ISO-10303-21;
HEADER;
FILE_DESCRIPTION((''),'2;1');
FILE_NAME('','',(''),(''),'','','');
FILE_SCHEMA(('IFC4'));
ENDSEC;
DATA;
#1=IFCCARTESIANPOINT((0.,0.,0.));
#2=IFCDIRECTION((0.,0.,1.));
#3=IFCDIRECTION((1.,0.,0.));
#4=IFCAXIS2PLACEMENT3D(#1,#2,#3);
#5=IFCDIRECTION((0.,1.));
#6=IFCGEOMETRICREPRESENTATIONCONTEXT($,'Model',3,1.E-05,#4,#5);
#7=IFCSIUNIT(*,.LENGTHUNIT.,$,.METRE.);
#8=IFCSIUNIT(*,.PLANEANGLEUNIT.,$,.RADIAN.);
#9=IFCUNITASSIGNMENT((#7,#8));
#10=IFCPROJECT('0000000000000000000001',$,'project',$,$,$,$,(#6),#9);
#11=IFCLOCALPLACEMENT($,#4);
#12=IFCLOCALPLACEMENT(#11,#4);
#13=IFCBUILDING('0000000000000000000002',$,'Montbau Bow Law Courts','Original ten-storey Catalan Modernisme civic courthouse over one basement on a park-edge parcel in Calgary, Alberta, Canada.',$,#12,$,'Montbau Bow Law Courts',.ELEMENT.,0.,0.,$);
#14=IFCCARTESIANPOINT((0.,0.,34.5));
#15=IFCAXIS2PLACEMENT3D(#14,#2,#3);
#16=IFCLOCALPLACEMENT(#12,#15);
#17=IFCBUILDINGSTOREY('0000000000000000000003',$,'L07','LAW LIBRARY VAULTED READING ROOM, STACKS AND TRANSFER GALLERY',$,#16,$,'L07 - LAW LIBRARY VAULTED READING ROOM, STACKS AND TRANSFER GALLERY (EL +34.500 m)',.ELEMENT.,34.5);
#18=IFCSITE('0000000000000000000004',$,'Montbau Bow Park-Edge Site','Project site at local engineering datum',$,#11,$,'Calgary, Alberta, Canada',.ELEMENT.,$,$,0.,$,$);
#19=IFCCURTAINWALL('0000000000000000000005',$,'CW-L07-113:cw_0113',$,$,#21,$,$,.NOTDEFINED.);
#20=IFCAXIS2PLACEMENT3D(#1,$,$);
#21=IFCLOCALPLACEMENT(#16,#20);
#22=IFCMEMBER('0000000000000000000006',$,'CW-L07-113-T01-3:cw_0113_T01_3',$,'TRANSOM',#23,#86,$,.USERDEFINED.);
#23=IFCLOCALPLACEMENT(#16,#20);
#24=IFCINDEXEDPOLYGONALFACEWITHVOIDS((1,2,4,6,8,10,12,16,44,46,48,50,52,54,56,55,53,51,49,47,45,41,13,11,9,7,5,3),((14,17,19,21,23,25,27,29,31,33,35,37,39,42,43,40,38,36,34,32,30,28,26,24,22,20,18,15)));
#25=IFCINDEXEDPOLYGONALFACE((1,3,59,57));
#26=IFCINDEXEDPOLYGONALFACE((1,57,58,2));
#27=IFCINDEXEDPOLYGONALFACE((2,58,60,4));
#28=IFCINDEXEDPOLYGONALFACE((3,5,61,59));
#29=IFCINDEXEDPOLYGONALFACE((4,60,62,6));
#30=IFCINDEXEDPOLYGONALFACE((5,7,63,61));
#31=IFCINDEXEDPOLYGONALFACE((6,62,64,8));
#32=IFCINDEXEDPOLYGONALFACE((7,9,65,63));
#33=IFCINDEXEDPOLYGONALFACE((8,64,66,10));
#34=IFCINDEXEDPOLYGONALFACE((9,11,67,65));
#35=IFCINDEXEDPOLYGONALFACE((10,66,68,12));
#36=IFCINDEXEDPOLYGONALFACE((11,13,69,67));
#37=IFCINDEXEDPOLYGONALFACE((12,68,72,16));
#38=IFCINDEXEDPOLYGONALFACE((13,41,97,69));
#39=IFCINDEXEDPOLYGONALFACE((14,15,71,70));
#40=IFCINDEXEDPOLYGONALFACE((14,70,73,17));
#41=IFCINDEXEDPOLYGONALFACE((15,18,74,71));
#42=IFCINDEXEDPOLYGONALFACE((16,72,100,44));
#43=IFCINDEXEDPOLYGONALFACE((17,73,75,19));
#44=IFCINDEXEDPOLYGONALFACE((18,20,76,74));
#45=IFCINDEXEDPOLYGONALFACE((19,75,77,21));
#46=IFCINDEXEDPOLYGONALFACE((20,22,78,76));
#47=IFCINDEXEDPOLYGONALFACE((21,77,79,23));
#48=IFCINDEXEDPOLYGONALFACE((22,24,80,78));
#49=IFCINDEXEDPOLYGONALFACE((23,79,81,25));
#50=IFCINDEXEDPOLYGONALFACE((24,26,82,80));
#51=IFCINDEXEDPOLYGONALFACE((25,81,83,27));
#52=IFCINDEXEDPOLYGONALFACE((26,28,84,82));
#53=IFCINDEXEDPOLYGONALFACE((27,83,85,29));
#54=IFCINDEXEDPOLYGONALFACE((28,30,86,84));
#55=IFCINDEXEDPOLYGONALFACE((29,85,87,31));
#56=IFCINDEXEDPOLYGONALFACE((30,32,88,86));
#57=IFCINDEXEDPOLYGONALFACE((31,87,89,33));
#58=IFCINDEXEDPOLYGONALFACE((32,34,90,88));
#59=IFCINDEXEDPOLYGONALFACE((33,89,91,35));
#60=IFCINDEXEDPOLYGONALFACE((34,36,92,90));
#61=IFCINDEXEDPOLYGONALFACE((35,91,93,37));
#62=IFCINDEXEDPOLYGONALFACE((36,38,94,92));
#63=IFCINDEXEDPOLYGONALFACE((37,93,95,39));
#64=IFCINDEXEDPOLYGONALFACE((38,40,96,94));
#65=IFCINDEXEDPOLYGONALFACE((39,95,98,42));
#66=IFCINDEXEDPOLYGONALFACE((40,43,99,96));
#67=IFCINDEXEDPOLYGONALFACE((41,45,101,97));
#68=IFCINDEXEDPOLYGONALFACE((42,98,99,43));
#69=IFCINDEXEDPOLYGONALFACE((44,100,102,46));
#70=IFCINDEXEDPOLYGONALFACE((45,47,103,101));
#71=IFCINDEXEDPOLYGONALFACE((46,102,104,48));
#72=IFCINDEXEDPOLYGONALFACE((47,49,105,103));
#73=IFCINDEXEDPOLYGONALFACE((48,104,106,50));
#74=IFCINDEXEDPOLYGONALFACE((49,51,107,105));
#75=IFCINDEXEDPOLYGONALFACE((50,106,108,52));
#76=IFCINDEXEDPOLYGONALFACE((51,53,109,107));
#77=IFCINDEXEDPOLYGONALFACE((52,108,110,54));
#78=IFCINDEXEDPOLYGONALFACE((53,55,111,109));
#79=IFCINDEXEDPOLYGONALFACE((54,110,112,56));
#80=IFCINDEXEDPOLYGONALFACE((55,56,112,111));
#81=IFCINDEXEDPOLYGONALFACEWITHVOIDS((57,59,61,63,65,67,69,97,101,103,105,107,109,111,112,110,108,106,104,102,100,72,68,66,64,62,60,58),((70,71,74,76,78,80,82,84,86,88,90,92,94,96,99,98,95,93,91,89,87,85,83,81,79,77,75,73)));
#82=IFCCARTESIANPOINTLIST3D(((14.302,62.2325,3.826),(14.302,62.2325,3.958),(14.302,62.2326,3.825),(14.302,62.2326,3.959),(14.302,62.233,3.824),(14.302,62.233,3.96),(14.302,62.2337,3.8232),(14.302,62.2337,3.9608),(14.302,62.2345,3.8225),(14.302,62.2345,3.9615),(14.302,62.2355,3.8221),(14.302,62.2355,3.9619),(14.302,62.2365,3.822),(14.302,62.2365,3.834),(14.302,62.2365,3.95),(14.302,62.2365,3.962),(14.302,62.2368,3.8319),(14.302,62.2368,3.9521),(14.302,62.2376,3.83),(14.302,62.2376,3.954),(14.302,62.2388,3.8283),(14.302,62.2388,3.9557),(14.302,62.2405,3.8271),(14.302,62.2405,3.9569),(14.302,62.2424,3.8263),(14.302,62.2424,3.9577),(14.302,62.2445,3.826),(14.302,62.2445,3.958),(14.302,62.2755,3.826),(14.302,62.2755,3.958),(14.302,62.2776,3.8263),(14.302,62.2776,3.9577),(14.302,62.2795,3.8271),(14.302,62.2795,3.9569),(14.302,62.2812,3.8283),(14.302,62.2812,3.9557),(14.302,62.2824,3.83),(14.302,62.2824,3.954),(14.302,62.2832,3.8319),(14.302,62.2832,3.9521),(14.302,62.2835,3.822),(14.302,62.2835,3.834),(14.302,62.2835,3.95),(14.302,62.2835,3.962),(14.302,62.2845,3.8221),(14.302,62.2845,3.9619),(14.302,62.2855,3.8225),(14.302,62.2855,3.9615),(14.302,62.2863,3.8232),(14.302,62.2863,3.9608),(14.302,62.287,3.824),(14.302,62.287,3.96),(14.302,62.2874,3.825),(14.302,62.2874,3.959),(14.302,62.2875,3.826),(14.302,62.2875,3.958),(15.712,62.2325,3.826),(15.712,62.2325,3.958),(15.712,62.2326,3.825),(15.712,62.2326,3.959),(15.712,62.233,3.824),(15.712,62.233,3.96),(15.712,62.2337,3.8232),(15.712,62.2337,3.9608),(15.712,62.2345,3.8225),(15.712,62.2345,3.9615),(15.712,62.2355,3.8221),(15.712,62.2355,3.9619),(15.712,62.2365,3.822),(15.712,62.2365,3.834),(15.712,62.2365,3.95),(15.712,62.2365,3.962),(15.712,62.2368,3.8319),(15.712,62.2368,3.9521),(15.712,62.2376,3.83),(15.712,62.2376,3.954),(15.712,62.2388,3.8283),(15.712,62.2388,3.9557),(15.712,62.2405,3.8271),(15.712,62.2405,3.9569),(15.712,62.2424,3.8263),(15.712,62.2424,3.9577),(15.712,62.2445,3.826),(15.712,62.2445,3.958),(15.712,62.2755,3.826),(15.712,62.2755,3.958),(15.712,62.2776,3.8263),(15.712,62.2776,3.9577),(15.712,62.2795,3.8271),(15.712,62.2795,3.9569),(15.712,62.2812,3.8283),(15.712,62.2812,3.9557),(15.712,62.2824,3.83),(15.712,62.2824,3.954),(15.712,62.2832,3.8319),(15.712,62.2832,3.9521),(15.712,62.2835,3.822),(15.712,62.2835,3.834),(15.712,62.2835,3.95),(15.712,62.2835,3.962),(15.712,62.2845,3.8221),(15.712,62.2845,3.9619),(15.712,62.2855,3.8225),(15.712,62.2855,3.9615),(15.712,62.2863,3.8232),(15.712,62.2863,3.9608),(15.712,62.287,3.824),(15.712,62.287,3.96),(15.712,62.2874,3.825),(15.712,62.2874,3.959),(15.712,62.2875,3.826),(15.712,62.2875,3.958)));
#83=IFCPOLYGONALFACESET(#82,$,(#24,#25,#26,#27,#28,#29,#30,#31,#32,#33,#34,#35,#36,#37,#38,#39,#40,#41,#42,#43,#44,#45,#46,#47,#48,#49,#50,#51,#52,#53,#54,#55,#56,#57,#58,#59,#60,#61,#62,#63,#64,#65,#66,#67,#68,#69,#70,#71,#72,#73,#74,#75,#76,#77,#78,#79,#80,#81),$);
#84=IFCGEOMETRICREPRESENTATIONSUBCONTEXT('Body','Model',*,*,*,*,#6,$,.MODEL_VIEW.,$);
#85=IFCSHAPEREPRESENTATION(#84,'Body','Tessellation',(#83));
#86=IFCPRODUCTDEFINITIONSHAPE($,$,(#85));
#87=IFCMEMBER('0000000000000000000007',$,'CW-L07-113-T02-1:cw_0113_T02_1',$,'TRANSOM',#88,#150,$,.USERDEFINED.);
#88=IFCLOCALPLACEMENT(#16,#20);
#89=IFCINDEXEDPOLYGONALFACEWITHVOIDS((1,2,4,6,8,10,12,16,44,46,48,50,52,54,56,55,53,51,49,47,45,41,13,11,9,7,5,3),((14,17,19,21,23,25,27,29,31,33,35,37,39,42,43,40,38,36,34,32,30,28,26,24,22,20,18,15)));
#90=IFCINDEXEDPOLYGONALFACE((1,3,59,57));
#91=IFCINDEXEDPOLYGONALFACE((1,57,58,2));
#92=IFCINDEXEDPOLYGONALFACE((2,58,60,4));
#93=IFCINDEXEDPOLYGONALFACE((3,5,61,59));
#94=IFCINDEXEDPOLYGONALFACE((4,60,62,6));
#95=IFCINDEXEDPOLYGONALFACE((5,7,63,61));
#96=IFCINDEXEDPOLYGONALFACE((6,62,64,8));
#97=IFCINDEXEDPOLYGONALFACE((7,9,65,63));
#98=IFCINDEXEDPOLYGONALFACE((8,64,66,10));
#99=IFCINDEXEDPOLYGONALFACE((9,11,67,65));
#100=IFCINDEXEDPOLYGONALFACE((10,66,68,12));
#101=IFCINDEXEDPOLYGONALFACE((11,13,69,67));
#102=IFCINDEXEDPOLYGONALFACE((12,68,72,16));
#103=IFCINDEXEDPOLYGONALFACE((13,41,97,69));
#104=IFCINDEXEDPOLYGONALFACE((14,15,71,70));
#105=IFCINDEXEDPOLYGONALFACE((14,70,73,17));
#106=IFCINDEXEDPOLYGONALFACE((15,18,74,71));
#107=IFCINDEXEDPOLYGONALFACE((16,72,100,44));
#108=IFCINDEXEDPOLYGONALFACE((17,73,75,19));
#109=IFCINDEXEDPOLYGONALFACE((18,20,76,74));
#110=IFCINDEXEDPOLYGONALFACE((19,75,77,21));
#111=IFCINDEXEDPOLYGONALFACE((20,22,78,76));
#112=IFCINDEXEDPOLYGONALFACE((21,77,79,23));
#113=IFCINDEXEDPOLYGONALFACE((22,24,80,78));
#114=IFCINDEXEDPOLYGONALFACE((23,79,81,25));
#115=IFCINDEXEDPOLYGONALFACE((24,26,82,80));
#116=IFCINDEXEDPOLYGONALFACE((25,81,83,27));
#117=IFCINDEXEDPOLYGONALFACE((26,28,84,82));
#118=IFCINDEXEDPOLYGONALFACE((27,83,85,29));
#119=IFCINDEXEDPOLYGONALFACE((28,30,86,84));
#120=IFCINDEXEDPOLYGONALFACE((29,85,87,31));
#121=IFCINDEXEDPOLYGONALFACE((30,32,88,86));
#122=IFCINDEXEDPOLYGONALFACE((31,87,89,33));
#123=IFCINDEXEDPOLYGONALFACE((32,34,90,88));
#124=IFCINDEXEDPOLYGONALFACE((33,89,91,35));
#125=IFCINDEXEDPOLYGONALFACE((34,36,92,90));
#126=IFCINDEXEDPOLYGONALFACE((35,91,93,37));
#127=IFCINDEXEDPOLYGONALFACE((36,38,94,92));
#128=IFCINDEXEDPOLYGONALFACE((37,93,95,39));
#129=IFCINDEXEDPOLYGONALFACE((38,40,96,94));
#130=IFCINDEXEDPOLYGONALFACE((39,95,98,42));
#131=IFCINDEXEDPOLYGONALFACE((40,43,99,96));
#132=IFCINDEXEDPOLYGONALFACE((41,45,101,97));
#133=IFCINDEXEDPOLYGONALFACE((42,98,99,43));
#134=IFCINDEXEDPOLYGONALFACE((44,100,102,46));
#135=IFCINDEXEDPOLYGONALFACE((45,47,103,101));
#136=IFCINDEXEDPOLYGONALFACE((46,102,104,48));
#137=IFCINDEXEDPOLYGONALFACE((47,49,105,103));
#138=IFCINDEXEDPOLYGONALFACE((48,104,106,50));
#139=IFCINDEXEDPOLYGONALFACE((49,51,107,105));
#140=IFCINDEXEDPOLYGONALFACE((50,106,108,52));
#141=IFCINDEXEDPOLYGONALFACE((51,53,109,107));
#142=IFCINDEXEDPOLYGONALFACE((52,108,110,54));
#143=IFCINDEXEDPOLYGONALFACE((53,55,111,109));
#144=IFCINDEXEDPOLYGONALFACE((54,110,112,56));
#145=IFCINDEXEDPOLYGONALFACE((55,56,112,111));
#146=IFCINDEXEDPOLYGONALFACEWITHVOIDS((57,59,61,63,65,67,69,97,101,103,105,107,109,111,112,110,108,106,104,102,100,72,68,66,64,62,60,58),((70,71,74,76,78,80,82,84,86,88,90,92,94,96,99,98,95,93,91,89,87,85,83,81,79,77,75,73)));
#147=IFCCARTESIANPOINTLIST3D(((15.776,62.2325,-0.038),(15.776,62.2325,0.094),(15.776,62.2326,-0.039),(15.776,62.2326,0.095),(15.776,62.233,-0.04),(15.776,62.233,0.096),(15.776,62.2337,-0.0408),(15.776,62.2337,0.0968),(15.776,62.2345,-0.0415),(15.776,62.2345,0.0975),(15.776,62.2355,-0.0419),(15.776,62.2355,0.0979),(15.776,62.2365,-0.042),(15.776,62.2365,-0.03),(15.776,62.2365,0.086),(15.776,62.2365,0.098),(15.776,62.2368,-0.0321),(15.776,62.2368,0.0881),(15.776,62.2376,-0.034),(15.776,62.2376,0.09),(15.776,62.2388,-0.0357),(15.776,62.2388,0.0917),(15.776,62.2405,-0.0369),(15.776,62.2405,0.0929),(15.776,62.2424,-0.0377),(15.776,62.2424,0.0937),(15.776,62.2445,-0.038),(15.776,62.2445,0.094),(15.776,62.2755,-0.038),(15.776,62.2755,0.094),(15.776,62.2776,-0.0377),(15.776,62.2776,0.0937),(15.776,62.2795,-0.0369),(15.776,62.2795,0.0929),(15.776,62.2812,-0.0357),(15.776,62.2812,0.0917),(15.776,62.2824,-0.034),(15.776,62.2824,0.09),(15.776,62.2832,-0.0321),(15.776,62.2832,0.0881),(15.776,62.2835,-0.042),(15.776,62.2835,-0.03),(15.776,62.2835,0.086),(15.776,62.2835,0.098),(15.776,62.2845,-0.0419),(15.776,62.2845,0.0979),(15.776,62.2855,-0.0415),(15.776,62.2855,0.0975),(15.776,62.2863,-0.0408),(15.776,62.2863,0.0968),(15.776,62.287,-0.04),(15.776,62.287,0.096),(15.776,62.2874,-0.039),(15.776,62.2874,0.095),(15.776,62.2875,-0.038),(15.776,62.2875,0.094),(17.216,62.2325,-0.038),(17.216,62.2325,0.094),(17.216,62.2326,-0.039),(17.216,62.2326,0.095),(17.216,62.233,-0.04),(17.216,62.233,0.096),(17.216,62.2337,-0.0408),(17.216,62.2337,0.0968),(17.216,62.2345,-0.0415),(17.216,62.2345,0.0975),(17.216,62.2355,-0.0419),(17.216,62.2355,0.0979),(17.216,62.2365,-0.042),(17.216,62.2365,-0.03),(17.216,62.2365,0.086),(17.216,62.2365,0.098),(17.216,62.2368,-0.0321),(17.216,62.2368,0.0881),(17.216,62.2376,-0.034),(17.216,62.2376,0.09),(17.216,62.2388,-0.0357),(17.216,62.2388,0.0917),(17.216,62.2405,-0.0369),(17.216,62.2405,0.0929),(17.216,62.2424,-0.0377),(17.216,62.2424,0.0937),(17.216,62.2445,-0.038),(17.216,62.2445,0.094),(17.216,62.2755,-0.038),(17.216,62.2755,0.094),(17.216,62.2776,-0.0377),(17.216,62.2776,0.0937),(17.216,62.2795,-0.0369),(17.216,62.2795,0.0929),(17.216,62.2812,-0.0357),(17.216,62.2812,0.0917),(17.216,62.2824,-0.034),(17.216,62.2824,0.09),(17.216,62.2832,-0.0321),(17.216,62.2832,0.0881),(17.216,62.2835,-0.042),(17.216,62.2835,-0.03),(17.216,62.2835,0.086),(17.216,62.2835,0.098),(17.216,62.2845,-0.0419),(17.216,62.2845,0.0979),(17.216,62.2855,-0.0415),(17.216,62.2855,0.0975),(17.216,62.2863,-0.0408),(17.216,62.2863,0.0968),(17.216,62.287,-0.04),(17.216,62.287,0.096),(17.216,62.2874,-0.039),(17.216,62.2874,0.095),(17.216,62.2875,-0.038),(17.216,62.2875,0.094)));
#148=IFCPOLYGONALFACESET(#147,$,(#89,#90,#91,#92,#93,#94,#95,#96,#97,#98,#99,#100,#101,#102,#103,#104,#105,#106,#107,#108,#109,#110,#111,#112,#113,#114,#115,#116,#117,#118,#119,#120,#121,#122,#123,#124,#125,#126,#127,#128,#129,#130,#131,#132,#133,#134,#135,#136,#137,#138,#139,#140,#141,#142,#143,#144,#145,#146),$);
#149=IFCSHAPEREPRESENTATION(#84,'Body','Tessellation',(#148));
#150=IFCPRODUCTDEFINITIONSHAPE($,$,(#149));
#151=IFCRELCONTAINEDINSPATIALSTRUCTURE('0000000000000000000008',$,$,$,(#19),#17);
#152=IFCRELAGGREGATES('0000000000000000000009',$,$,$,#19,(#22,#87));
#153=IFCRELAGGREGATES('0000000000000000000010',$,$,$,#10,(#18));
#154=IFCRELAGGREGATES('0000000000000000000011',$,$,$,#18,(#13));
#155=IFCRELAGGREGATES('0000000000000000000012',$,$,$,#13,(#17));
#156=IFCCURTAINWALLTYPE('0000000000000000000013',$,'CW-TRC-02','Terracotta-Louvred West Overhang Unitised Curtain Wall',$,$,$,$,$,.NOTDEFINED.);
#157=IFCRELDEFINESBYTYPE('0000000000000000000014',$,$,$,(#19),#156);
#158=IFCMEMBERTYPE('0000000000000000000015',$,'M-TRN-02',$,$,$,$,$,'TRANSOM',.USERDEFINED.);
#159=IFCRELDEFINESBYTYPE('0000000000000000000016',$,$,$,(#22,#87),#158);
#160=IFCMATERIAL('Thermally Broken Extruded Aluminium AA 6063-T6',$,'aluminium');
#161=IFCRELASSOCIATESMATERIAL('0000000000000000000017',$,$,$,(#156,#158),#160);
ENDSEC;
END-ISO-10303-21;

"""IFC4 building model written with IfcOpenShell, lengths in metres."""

from ifc_helpers import new_model, si_unit, direction, frame, origin_with_axes, origin_2d_with_axis, place, context, subcontext, project, spatial, hollow_rectangle, extrude, material, material_profile, profile_set, type_object, element, aggregate, save


model = new_model("IFC4")

# Units and contexts
model_context = context("Model", 3, precision=1e-05, world=origin_with_axes(), true_north=direction((0.0, 1.0)))
body_context = subcontext(model_context, "Body", "Model", "MODEL_VIEW")
ifc_project = project(units=[si_unit("LENGTHUNIT", "METRE"), si_unit("PLANEANGLEUNIT", "RADIAN")], contexts=[model_context])

# Site, building, storey
site_placement = place(None, origin_with_axes())
site = spatial("IfcSite", under=ifc_project, at=site_placement, Name="Montbau Bow Park-Edge Site", Description="Project site at local engineering datum", LongName="Calgary, Alberta, Canada", CompositionType="ELEMENT", RefElevation=0.0)
building_placement = place(site_placement, origin_with_axes())
building = spatial("IfcBuilding", under=site, at=building_placement, Name="Montbau Bow Law Courts", Description="Original ten-storey Catalan Modernisme civic courthouse over one basement on a park-edge parcel in Calgary, Alberta, Canada.", LongName="Montbau Bow Law Courts", CompositionType="ELEMENT", ElevationOfRefHeight=0.0, ElevationOfTerrain=0.0)
storey_placement = place(building_placement, frame((0.0, 0.0, 34.5), z_axis=(0.0, 0.0, 1.0), x_axis=(1.0, 0.0, 0.0)))
storey = spatial("IfcBuildingStorey", under=building, at=storey_placement, Name="L07", Description="LAW LIBRARY VAULTED READING ROOM, STACKS AND TRANSFER GALLERY", LongName="L07 - LAW LIBRARY VAULTED READING ROOM, STACKS AND TRANSFER GALLERY (EL +34.500 m)", CompositionType="ELEMENT", Elevation=34.5)

# Shared definitions
ifc_material_1 = material(Name="Thermally Broken Extruded Aluminium AA 6063-T6", Category="aluminium")
curtain_wall_type = type_object("IfcCurtainWallType", Name="CW-TRC-02", Description="Terracotta-Louvred West Overhang Unitised Curtain Wall", PredefinedType="NOTDEFINED", material=ifc_material_1)

# Curtain wall
curtain_wall_1_placement = place(None, frame((14.24, 62.26, 34.5), z_axis=(0.0, 0.0, 1.0), x_axis=(1.0, 0.0, 0.0)))
curtain_wall_1 = element("IfcCurtainWall", 1, at=curtain_wall_1_placement, inside=storey, type_object=curtain_wall_type, Name="CW-L07-113:cw_0113", PredefinedType="NOTDEFINED")

# Members
ifc_material_profile_1 = material_profile(ifc_material_1, hollow_rectangle(XDim=0.055, YDim=0.14, WallThickness=0.004, InnerFilletRadius=0.008, OuterFilletRadius=0.004, at=origin_2d_with_axis()), Name="CWT-140X55", Category="Main", Priority=0)
ifc_profile_set_1 = profile_set([ifc_material_profile_1], Name="Thermally Broken Extruded Aluminium AA 6063-T6")
member_type_1 = type_object("IfcMemberType", Name="M-TRN-02", ElementType="TRANSOM", PredefinedType="USERDEFINED", material=ifc_profile_set_1)
member_1_placement = place(None, frame((14.302, 62.26, 38.392), z_axis=(1.0, 0.0, 0.0), x_axis=(0.0, 1.0, 0.0)))
member_1 = element("IfcMember", 2, at=member_1_placement, type_object=member_type_1, Name="CW-L07-113-T01-3:cw_0113_T01_3", ObjectType="TRANSOM", PredefinedType="USERDEFINED", context=body_context, shape_type="SweptSolid", body=[
    extrude(hollow_rectangle(XDim=0.055, YDim=0.14, WallThickness=0.004, InnerFilletRadius=0.008, OuterFilletRadius=0.004, at=origin_2d_with_axis()), origin_with_axes(), (0.0, 0.0, 1.0), 1.41),
])
member_2_placement = place(None, frame((15.776, 62.26, 34.528), z_axis=(1.0, 0.0, 0.0), x_axis=(0.0, 1.0, 0.0)))
member_2 = element("IfcMember", 3, at=member_2_placement, type_object=member_type_1, Name="CW-L07-113-T02-1:cw_0113_T02_1", ObjectType="TRANSOM", PredefinedType="USERDEFINED", context=body_context, shape_type="SweptSolid", body=[
    extrude(hollow_rectangle(XDim=0.055, YDim=0.14, WallThickness=0.004, InnerFilletRadius=0.008, OuterFilletRadius=0.004, at=origin_2d_with_axis()), origin_with_axes(), (0.0, 0.0, 1.0), 1.44),
])

aggregate(curtain_wall_1, [member_1, member_2])

save(model, "model.ifc")
